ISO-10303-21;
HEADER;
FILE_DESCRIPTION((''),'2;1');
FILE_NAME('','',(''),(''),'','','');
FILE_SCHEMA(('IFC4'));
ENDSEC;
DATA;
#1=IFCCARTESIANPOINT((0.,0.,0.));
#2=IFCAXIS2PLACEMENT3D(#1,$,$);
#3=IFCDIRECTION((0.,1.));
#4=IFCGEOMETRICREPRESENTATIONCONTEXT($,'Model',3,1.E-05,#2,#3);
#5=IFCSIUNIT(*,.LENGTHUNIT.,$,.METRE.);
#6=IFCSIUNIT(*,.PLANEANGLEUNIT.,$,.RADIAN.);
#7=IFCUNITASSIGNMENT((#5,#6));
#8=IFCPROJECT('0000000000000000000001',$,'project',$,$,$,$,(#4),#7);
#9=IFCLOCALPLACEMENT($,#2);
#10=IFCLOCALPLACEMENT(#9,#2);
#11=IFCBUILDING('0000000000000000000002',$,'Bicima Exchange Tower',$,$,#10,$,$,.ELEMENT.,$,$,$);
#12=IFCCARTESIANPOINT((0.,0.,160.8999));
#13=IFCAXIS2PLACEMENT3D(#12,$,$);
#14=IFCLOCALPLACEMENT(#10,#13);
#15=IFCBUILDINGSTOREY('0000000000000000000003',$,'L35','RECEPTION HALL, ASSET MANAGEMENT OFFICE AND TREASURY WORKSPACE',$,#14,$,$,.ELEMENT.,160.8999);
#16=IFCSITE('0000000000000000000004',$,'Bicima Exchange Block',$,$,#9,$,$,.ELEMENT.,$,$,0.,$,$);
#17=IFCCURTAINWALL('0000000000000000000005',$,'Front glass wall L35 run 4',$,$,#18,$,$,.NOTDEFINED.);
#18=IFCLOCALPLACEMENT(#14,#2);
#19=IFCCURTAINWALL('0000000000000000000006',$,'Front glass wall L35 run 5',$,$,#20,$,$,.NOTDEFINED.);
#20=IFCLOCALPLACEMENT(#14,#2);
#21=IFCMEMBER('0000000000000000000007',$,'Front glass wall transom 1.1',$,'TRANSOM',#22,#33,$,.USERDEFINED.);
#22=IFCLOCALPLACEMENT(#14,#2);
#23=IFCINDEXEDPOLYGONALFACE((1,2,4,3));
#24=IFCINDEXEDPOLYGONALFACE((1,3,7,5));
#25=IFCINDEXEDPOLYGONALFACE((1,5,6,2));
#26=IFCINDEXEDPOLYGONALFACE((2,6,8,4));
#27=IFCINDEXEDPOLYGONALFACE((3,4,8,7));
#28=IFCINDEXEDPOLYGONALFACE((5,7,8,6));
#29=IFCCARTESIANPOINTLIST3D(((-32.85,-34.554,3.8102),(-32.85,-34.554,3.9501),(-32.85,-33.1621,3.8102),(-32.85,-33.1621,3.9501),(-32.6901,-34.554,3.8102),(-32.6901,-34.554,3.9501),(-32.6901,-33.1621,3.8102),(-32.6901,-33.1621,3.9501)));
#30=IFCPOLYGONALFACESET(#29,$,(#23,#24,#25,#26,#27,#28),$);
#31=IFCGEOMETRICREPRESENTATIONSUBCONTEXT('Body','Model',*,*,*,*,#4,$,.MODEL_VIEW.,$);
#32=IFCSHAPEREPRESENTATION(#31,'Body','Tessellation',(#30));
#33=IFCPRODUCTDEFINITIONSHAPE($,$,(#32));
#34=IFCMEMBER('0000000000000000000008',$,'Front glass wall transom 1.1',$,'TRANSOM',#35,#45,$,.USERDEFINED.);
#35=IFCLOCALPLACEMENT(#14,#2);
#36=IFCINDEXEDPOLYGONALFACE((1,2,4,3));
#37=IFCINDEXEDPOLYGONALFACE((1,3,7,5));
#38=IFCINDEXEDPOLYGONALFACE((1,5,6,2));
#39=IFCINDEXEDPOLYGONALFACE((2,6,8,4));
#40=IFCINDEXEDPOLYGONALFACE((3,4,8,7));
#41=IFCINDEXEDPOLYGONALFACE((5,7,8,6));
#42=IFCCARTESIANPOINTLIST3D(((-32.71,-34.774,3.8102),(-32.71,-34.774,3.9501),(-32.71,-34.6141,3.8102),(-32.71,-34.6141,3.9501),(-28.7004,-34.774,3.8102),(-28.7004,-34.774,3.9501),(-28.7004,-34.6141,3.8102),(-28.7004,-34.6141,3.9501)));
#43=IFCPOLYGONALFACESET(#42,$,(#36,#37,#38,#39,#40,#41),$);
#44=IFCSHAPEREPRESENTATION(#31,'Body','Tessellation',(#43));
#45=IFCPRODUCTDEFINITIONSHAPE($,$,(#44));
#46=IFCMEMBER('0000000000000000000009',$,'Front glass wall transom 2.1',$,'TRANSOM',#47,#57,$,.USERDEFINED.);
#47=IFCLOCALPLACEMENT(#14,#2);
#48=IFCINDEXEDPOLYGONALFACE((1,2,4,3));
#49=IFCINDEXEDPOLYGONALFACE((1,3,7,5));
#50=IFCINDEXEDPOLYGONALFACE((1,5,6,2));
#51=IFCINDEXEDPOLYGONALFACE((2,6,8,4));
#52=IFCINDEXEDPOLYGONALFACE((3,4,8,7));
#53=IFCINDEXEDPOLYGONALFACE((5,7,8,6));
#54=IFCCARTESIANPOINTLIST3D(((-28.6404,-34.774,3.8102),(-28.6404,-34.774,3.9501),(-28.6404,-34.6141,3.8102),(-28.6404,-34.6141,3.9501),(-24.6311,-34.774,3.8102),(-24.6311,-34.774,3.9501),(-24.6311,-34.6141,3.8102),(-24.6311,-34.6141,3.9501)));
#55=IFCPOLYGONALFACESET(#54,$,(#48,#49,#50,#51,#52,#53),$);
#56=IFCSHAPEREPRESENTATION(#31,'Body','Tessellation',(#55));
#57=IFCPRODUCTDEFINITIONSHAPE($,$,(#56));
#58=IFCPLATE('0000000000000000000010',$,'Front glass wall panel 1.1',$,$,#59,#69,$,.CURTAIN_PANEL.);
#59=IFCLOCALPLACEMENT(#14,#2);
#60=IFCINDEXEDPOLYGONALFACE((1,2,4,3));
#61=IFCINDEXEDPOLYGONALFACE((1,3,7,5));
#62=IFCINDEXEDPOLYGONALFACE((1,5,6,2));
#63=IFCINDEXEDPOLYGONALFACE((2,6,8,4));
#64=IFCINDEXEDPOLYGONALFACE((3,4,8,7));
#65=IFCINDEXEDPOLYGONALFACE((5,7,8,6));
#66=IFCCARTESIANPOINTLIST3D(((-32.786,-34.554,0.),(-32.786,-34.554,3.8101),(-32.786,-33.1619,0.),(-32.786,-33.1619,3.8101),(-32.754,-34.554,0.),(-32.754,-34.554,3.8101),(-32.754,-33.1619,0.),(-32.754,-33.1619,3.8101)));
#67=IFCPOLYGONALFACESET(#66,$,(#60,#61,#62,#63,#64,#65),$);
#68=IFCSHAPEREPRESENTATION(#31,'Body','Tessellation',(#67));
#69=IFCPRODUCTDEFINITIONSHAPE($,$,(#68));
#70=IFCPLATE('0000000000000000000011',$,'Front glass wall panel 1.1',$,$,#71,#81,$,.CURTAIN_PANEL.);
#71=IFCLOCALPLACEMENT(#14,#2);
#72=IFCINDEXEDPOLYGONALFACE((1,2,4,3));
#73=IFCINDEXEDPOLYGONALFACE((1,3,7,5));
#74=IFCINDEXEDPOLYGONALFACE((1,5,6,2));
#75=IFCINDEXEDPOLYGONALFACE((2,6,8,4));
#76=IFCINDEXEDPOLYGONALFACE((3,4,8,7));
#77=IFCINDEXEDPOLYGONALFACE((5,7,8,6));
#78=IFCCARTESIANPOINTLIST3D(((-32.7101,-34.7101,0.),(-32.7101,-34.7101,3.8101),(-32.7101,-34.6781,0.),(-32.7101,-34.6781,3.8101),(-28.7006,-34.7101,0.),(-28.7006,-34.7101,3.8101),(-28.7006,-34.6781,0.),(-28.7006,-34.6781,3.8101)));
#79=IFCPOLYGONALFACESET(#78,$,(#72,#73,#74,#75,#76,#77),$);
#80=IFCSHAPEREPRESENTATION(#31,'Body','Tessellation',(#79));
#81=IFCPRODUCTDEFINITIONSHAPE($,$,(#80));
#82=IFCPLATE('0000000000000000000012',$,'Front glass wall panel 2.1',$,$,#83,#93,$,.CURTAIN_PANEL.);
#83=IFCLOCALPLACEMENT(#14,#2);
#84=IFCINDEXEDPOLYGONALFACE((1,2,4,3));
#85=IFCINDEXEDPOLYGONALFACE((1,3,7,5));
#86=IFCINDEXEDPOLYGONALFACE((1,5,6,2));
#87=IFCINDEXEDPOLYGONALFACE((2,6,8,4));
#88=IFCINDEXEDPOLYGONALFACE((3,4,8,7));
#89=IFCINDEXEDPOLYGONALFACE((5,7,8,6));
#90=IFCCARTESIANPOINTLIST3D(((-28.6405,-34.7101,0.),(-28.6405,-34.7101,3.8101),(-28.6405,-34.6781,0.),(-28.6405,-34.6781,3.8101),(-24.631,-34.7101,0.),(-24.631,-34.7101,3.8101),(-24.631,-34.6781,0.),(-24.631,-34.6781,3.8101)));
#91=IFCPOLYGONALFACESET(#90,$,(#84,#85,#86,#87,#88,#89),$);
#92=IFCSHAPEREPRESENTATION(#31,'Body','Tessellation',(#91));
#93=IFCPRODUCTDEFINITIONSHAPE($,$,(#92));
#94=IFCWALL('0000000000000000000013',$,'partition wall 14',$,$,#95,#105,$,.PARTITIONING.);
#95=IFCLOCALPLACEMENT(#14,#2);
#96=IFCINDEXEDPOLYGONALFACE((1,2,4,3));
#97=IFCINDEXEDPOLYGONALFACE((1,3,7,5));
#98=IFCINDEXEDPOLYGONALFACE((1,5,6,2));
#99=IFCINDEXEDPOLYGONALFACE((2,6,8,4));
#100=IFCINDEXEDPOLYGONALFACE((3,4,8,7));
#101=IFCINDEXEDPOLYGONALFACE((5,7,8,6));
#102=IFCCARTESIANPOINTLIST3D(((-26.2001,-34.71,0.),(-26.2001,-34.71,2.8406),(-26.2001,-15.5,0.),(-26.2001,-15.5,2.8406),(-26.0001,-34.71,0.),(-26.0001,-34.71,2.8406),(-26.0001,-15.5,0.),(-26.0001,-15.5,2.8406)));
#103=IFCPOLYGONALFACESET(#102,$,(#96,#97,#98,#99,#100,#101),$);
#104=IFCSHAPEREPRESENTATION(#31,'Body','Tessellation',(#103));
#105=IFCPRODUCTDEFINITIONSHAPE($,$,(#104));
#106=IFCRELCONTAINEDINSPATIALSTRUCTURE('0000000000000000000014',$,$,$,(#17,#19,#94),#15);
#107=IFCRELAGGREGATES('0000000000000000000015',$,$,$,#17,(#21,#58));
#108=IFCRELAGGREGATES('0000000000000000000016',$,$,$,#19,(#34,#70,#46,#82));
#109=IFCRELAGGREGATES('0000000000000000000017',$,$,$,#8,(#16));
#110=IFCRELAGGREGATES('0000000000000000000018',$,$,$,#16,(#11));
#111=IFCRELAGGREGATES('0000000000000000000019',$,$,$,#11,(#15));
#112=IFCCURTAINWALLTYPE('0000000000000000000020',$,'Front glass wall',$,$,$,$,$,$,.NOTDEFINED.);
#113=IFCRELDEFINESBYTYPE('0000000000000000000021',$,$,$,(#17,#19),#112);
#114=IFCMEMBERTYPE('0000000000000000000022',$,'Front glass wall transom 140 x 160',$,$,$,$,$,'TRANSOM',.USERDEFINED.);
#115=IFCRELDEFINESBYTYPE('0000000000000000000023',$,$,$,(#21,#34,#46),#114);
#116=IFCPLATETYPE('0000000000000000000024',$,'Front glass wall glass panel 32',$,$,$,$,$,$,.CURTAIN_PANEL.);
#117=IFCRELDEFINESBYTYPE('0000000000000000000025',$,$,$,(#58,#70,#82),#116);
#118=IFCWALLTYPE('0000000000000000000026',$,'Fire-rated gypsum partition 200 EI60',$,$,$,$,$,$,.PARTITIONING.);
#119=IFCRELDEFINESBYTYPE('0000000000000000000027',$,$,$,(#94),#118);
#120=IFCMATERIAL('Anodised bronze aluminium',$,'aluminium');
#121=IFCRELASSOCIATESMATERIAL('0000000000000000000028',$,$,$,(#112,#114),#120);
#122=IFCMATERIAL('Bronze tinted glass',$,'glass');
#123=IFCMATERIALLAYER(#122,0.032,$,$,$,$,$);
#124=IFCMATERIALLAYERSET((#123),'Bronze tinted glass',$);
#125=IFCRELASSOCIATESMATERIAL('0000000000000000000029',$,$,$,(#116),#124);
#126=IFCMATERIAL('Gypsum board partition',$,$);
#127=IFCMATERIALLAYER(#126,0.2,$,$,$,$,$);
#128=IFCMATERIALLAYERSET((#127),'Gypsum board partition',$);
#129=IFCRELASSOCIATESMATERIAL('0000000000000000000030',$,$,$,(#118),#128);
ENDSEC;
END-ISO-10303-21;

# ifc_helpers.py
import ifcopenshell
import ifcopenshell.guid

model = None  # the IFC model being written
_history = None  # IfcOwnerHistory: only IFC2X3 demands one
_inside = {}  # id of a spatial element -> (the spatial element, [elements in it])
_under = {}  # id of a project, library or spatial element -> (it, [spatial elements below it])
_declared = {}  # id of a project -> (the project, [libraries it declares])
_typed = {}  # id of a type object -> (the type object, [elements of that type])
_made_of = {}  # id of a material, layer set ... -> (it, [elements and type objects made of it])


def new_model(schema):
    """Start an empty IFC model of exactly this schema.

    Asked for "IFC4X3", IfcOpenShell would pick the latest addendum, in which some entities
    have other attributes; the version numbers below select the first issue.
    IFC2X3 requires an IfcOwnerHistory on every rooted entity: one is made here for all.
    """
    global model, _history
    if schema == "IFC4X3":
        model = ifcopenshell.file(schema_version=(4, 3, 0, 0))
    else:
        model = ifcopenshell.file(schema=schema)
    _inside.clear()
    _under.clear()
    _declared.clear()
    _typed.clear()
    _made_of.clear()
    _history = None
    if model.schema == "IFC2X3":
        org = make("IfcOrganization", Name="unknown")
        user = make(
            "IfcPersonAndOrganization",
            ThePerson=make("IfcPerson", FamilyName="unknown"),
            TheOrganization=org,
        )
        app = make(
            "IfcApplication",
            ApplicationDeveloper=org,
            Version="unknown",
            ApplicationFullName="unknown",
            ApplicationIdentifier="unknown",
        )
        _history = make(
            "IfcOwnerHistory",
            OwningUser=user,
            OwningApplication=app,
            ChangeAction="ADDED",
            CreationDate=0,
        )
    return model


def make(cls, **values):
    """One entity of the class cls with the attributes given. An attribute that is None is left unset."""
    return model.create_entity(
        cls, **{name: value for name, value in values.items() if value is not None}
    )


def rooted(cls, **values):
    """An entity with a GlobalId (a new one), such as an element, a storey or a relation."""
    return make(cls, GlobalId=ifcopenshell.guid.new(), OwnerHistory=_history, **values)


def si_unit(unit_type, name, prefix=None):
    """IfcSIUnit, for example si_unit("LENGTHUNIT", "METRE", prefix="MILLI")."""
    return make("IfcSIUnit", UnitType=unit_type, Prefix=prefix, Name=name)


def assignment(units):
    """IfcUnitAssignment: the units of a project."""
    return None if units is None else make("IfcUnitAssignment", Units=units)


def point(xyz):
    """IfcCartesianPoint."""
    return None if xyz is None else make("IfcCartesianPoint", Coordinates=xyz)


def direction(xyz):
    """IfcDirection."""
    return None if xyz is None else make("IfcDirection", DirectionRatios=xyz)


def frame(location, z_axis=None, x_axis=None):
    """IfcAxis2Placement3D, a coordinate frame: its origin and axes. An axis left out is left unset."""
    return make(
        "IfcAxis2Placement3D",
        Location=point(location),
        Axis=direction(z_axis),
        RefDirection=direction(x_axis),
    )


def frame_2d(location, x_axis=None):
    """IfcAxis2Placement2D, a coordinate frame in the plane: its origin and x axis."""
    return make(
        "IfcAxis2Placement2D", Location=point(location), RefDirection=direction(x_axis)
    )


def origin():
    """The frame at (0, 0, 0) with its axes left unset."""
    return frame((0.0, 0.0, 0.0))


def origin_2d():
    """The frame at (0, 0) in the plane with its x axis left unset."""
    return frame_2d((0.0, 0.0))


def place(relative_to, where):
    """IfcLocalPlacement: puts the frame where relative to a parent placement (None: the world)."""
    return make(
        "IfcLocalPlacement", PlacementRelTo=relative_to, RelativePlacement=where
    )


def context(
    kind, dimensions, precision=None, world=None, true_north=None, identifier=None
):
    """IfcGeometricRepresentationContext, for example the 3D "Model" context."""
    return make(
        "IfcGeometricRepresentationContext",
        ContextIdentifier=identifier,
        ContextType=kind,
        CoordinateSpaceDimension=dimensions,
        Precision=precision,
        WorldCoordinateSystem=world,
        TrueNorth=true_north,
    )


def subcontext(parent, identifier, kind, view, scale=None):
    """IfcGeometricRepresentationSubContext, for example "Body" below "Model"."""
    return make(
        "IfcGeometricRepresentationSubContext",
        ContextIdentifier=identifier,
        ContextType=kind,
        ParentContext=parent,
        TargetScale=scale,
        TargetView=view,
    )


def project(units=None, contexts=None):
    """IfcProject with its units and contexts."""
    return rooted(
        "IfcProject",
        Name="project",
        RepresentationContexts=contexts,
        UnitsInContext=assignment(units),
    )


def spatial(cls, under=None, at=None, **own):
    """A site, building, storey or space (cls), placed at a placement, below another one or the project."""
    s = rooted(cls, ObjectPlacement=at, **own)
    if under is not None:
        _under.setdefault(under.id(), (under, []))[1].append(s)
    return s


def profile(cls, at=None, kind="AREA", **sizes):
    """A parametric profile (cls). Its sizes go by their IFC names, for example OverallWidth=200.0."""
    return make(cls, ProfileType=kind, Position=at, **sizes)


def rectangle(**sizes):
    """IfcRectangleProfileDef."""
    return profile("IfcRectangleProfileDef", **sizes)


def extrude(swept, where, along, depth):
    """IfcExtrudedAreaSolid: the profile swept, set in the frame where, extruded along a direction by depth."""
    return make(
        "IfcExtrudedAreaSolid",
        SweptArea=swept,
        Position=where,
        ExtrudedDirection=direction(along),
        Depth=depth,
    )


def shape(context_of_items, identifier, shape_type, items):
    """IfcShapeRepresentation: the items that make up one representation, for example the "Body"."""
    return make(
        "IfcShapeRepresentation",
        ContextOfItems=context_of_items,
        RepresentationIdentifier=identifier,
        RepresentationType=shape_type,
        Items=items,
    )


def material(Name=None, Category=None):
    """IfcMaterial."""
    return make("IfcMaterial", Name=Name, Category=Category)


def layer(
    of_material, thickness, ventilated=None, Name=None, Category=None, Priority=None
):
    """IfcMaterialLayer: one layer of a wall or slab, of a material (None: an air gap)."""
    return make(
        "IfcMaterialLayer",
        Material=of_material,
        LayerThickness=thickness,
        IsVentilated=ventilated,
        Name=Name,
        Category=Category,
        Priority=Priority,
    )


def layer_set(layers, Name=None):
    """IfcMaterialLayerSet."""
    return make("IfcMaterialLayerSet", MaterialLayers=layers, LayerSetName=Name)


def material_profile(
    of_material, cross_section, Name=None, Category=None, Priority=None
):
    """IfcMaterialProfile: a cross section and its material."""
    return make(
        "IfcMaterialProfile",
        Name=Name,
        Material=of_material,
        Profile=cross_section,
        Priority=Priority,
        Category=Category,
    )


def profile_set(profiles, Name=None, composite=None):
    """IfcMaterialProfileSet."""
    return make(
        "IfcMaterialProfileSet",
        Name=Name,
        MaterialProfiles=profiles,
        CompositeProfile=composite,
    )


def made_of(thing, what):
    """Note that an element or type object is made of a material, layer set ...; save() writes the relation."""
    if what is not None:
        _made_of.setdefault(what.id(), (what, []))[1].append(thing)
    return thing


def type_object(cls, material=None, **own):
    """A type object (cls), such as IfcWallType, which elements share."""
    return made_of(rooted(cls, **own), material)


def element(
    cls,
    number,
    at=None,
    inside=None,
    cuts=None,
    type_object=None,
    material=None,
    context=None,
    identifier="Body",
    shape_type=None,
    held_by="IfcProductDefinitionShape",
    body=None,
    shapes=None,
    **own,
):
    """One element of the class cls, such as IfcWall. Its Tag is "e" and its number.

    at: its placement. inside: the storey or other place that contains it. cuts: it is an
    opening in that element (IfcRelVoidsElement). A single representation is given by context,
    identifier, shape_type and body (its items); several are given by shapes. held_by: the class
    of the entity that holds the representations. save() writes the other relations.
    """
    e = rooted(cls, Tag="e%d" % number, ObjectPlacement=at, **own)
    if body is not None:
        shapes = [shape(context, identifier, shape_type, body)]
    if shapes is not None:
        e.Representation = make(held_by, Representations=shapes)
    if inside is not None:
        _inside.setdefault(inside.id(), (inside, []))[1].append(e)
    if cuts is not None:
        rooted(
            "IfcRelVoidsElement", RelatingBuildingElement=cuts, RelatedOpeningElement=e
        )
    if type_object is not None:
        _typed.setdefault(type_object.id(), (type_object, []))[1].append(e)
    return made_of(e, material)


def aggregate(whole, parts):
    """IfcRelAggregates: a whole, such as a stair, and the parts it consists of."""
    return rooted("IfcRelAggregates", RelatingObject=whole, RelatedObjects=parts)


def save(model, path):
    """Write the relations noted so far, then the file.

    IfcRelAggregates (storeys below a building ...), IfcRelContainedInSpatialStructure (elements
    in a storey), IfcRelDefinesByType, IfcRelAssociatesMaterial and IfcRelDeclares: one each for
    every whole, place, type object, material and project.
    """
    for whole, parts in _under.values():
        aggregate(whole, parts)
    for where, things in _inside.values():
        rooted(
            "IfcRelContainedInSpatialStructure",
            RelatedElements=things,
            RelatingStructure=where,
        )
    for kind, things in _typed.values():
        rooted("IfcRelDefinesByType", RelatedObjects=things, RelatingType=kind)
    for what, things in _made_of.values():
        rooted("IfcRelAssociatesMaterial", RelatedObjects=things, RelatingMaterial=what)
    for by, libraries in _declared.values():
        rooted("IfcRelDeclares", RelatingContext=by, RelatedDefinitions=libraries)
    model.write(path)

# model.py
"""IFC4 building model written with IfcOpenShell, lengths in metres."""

from ifc_helpers import new_model, si_unit, direction, frame, frame_2d, origin, origin_2d, place, context, subcontext, project, spatial, rectangle, extrude, material, layer, layer_set, material_profile, profile_set, type_object, element, aggregate, save


model = new_model("IFC4")

# Units and contexts
model_context = context("Model", 3, precision=1e-05, world=origin(), true_north=direction((0.0, 1.0)))
body_context = subcontext(model_context, "Body", "Model", "MODEL_VIEW")
ifc_project = project(units=[si_unit("LENGTHUNIT", "METRE"), si_unit("PLANEANGLEUNIT", "RADIAN")], contexts=[model_context])

# Site, building, storey
site_placement = place(None, origin())
site = spatial("IfcSite", under=ifc_project, at=site_placement, Name="Bicima Exchange Block", CompositionType="ELEMENT", RefElevation=0.0)
building_placement = place(site_placement, origin())
building = spatial("IfcBuilding", under=site, at=building_placement, Name="Bicima Exchange Tower", CompositionType="ELEMENT")
storey_placement = place(building_placement, frame((0.0, 0.0, 160.8999)))
storey = spatial("IfcBuildingStorey", under=building, at=storey_placement, Name="L35", Description="RECEPTION HALL, ASSET MANAGEMENT OFFICE AND TREASURY WORKSPACE", CompositionType="ELEMENT", Elevation=160.8999)

# Shared definitions
ifc_material_1 = material(Name="Anodised bronze aluminium", Category="aluminium")
curtain_wall_type = type_object("IfcCurtainWallType", Name="Front glass wall", PredefinedType="NOTDEFINED", material=ifc_material_1)

# Curtain walls
curtain_wall_1_placement = place(storey_placement, origin())
curtain_wall_1 = element("IfcCurtainWall", 1, at=curtain_wall_1_placement, inside=storey, type_object=curtain_wall_type, Name="Front glass wall L35 run 4", PredefinedType="NOTDEFINED")
curtain_wall_2_placement = place(storey_placement, origin())
curtain_wall_2 = element("IfcCurtainWall", 2, at=curtain_wall_2_placement, inside=storey, type_object=curtain_wall_type, Name="Front glass wall L35 run 5", PredefinedType="NOTDEFINED")

# Members
ifc_material_profile_1 = material_profile(ifc_material_1, rectangle(XDim=0.1599, YDim=0.1399, at=origin_2d()))
ifc_profile_set_1 = profile_set([ifc_material_profile_1], Name="Anodised bronze aluminium")
member_type_1 = type_object("IfcMemberType", Name="Front glass wall transom 140 x 160", ElementType="TRANSOM", PredefinedType="USERDEFINED", material=ifc_profile_set_1)
member_1_placement = place(storey_placement, frame((-32.77, -33.1621, 3.8801), z_axis=(0.0, -1.0, 0.0), x_axis=(1.0, 0.0, 0.0)))
member_1 = element("IfcMember", 3, at=member_1_placement, type_object=member_type_1, Name="Front glass wall transom 1.1", ObjectType="TRANSOM", PredefinedType="USERDEFINED", context=body_context, shape_type="SweptSolid", body=[
    extrude(rectangle(XDim=0.1599, YDim=0.1399, at=origin_2d()), origin(), (0.0, 0.0, 1.0), 1.3918),
])
member_2_placement = place(storey_placement, frame((-32.71, -34.6941, 3.8801), z_axis=(1.0, 0.0, 0.0), x_axis=(0.0, 1.0, 0.0)))
member_2 = element("IfcMember", 4, at=member_2_placement, type_object=member_type_1, Name="Front glass wall transom 1.1", ObjectType="TRANSOM", PredefinedType="USERDEFINED", context=body_context, shape_type="SweptSolid", body=[
    extrude(rectangle(XDim=0.1599, YDim=0.1399, at=origin_2d()), origin(), (0.0, 0.0, 1.0), 4.0095),
])
member_3_placement = place(storey_placement, frame((-28.6404, -34.6941, 3.8801), z_axis=(1.0, 0.0, 0.0), x_axis=(0.0, 1.0, 0.0)))
member_3 = element("IfcMember", 5, at=member_3_placement, type_object=member_type_1, Name="Front glass wall transom 2.1", ObjectType="TRANSOM", PredefinedType="USERDEFINED", context=body_context, shape_type="SweptSolid", body=[
    extrude(rectangle(XDim=0.1599, YDim=0.1399, at=origin_2d()), origin(), (0.0, 0.0, 1.0), 4.0093),
])

# Plates
ifc_material_2 = material(Name="Bronze tinted glass", Category="glass")
ifc_layer_1 = layer(ifc_material_2, 0.032)
ifc_layer_set_1 = layer_set([ifc_layer_1], Name="Bronze tinted glass")
plate_type = type_object("IfcPlateType", Name="Front glass wall glass panel 32", PredefinedType="CURTAIN_PANEL", material=ifc_layer_set_1)
plate_1_placement = place(storey_placement, frame((-32.77, -33.8579, 0.0), z_axis=(0.0, 0.0, 1.0), x_axis=(0.0, -1.0, 0.0)))
plate_1 = element("IfcPlate", 6, at=plate_1_placement, type_object=plate_type, Name="Front glass wall panel 1.1", PredefinedType="CURTAIN_PANEL", context=body_context, shape_type="SweptSolid", body=[
    extrude(rectangle(XDim=1.3921, YDim=0.032, at=origin_2d()), origin(), (0.0, 0.0, 1.0), 3.8101),
])
aggregate(curtain_wall_1, [member_1, plate_1])
plate_2_placement = place(storey_placement, frame((-30.7053, -34.6941, 0.0), z_axis=(0.0, 0.0, 1.0), x_axis=(1.0, 0.0, 0.0)))
plate_2 = element("IfcPlate", 7, at=plate_2_placement, type_object=plate_type, Name="Front glass wall panel 1.1", PredefinedType="CURTAIN_PANEL", context=body_context, shape_type="SweptSolid", body=[
    extrude(rectangle(XDim=4.0095, YDim=0.032, at=origin_2d()), origin(), (0.0, 0.0, 1.0), 3.8101),
])
plate_3_placement = place(storey_placement, frame((-26.6357, -34.6941, 0.0), z_axis=(0.0, 0.0, 1.0), x_axis=(1.0, 0.0, 0.0)))
plate_3 = element("IfcPlate", 8, at=plate_3_placement, type_object=plate_type, Name="Front glass wall panel 2.1", PredefinedType="CURTAIN_PANEL", context=body_context, shape_type="SweptSolid", body=[
    extrude(rectangle(XDim=4.0095, YDim=0.032, at=origin_2d()), origin(), (0.0, 0.0, 1.0), 3.8101),
])
aggregate(curtain_wall_2, [member_2, plate_2, member_3, plate_3])

# Wall
ifc_material_3 = material(Name="Gypsum board partition")
ifc_layer_2 = layer(ifc_material_3, 0.2)
ifc_layer_set_2 = layer_set([ifc_layer_2], Name="Gypsum board partition")
wall_type = type_object("IfcWallType", Name="Fire-rated gypsum partition 200 EI60", PredefinedType="PARTITIONING", material=ifc_layer_set_2)
wall_placement = place(storey_placement, frame((-26.1001, -34.71, 0.0), z_axis=(0.0, 0.0, 1.0), x_axis=(0.0, 1.0, 0.0)))
element("IfcWall", 9, at=wall_placement, inside=storey, type_object=wall_type, Name="partition wall 14", PredefinedType="PARTITIONING", context=body_context, shape_type="SweptSolid", body=[
    extrude(rectangle(XDim=19.21, YDim=0.2, at=frame_2d((9.605, 0.0))), origin(), (0.0, 0.0, 1.0), 2.8406),
])

save(model, "model.ifc")
